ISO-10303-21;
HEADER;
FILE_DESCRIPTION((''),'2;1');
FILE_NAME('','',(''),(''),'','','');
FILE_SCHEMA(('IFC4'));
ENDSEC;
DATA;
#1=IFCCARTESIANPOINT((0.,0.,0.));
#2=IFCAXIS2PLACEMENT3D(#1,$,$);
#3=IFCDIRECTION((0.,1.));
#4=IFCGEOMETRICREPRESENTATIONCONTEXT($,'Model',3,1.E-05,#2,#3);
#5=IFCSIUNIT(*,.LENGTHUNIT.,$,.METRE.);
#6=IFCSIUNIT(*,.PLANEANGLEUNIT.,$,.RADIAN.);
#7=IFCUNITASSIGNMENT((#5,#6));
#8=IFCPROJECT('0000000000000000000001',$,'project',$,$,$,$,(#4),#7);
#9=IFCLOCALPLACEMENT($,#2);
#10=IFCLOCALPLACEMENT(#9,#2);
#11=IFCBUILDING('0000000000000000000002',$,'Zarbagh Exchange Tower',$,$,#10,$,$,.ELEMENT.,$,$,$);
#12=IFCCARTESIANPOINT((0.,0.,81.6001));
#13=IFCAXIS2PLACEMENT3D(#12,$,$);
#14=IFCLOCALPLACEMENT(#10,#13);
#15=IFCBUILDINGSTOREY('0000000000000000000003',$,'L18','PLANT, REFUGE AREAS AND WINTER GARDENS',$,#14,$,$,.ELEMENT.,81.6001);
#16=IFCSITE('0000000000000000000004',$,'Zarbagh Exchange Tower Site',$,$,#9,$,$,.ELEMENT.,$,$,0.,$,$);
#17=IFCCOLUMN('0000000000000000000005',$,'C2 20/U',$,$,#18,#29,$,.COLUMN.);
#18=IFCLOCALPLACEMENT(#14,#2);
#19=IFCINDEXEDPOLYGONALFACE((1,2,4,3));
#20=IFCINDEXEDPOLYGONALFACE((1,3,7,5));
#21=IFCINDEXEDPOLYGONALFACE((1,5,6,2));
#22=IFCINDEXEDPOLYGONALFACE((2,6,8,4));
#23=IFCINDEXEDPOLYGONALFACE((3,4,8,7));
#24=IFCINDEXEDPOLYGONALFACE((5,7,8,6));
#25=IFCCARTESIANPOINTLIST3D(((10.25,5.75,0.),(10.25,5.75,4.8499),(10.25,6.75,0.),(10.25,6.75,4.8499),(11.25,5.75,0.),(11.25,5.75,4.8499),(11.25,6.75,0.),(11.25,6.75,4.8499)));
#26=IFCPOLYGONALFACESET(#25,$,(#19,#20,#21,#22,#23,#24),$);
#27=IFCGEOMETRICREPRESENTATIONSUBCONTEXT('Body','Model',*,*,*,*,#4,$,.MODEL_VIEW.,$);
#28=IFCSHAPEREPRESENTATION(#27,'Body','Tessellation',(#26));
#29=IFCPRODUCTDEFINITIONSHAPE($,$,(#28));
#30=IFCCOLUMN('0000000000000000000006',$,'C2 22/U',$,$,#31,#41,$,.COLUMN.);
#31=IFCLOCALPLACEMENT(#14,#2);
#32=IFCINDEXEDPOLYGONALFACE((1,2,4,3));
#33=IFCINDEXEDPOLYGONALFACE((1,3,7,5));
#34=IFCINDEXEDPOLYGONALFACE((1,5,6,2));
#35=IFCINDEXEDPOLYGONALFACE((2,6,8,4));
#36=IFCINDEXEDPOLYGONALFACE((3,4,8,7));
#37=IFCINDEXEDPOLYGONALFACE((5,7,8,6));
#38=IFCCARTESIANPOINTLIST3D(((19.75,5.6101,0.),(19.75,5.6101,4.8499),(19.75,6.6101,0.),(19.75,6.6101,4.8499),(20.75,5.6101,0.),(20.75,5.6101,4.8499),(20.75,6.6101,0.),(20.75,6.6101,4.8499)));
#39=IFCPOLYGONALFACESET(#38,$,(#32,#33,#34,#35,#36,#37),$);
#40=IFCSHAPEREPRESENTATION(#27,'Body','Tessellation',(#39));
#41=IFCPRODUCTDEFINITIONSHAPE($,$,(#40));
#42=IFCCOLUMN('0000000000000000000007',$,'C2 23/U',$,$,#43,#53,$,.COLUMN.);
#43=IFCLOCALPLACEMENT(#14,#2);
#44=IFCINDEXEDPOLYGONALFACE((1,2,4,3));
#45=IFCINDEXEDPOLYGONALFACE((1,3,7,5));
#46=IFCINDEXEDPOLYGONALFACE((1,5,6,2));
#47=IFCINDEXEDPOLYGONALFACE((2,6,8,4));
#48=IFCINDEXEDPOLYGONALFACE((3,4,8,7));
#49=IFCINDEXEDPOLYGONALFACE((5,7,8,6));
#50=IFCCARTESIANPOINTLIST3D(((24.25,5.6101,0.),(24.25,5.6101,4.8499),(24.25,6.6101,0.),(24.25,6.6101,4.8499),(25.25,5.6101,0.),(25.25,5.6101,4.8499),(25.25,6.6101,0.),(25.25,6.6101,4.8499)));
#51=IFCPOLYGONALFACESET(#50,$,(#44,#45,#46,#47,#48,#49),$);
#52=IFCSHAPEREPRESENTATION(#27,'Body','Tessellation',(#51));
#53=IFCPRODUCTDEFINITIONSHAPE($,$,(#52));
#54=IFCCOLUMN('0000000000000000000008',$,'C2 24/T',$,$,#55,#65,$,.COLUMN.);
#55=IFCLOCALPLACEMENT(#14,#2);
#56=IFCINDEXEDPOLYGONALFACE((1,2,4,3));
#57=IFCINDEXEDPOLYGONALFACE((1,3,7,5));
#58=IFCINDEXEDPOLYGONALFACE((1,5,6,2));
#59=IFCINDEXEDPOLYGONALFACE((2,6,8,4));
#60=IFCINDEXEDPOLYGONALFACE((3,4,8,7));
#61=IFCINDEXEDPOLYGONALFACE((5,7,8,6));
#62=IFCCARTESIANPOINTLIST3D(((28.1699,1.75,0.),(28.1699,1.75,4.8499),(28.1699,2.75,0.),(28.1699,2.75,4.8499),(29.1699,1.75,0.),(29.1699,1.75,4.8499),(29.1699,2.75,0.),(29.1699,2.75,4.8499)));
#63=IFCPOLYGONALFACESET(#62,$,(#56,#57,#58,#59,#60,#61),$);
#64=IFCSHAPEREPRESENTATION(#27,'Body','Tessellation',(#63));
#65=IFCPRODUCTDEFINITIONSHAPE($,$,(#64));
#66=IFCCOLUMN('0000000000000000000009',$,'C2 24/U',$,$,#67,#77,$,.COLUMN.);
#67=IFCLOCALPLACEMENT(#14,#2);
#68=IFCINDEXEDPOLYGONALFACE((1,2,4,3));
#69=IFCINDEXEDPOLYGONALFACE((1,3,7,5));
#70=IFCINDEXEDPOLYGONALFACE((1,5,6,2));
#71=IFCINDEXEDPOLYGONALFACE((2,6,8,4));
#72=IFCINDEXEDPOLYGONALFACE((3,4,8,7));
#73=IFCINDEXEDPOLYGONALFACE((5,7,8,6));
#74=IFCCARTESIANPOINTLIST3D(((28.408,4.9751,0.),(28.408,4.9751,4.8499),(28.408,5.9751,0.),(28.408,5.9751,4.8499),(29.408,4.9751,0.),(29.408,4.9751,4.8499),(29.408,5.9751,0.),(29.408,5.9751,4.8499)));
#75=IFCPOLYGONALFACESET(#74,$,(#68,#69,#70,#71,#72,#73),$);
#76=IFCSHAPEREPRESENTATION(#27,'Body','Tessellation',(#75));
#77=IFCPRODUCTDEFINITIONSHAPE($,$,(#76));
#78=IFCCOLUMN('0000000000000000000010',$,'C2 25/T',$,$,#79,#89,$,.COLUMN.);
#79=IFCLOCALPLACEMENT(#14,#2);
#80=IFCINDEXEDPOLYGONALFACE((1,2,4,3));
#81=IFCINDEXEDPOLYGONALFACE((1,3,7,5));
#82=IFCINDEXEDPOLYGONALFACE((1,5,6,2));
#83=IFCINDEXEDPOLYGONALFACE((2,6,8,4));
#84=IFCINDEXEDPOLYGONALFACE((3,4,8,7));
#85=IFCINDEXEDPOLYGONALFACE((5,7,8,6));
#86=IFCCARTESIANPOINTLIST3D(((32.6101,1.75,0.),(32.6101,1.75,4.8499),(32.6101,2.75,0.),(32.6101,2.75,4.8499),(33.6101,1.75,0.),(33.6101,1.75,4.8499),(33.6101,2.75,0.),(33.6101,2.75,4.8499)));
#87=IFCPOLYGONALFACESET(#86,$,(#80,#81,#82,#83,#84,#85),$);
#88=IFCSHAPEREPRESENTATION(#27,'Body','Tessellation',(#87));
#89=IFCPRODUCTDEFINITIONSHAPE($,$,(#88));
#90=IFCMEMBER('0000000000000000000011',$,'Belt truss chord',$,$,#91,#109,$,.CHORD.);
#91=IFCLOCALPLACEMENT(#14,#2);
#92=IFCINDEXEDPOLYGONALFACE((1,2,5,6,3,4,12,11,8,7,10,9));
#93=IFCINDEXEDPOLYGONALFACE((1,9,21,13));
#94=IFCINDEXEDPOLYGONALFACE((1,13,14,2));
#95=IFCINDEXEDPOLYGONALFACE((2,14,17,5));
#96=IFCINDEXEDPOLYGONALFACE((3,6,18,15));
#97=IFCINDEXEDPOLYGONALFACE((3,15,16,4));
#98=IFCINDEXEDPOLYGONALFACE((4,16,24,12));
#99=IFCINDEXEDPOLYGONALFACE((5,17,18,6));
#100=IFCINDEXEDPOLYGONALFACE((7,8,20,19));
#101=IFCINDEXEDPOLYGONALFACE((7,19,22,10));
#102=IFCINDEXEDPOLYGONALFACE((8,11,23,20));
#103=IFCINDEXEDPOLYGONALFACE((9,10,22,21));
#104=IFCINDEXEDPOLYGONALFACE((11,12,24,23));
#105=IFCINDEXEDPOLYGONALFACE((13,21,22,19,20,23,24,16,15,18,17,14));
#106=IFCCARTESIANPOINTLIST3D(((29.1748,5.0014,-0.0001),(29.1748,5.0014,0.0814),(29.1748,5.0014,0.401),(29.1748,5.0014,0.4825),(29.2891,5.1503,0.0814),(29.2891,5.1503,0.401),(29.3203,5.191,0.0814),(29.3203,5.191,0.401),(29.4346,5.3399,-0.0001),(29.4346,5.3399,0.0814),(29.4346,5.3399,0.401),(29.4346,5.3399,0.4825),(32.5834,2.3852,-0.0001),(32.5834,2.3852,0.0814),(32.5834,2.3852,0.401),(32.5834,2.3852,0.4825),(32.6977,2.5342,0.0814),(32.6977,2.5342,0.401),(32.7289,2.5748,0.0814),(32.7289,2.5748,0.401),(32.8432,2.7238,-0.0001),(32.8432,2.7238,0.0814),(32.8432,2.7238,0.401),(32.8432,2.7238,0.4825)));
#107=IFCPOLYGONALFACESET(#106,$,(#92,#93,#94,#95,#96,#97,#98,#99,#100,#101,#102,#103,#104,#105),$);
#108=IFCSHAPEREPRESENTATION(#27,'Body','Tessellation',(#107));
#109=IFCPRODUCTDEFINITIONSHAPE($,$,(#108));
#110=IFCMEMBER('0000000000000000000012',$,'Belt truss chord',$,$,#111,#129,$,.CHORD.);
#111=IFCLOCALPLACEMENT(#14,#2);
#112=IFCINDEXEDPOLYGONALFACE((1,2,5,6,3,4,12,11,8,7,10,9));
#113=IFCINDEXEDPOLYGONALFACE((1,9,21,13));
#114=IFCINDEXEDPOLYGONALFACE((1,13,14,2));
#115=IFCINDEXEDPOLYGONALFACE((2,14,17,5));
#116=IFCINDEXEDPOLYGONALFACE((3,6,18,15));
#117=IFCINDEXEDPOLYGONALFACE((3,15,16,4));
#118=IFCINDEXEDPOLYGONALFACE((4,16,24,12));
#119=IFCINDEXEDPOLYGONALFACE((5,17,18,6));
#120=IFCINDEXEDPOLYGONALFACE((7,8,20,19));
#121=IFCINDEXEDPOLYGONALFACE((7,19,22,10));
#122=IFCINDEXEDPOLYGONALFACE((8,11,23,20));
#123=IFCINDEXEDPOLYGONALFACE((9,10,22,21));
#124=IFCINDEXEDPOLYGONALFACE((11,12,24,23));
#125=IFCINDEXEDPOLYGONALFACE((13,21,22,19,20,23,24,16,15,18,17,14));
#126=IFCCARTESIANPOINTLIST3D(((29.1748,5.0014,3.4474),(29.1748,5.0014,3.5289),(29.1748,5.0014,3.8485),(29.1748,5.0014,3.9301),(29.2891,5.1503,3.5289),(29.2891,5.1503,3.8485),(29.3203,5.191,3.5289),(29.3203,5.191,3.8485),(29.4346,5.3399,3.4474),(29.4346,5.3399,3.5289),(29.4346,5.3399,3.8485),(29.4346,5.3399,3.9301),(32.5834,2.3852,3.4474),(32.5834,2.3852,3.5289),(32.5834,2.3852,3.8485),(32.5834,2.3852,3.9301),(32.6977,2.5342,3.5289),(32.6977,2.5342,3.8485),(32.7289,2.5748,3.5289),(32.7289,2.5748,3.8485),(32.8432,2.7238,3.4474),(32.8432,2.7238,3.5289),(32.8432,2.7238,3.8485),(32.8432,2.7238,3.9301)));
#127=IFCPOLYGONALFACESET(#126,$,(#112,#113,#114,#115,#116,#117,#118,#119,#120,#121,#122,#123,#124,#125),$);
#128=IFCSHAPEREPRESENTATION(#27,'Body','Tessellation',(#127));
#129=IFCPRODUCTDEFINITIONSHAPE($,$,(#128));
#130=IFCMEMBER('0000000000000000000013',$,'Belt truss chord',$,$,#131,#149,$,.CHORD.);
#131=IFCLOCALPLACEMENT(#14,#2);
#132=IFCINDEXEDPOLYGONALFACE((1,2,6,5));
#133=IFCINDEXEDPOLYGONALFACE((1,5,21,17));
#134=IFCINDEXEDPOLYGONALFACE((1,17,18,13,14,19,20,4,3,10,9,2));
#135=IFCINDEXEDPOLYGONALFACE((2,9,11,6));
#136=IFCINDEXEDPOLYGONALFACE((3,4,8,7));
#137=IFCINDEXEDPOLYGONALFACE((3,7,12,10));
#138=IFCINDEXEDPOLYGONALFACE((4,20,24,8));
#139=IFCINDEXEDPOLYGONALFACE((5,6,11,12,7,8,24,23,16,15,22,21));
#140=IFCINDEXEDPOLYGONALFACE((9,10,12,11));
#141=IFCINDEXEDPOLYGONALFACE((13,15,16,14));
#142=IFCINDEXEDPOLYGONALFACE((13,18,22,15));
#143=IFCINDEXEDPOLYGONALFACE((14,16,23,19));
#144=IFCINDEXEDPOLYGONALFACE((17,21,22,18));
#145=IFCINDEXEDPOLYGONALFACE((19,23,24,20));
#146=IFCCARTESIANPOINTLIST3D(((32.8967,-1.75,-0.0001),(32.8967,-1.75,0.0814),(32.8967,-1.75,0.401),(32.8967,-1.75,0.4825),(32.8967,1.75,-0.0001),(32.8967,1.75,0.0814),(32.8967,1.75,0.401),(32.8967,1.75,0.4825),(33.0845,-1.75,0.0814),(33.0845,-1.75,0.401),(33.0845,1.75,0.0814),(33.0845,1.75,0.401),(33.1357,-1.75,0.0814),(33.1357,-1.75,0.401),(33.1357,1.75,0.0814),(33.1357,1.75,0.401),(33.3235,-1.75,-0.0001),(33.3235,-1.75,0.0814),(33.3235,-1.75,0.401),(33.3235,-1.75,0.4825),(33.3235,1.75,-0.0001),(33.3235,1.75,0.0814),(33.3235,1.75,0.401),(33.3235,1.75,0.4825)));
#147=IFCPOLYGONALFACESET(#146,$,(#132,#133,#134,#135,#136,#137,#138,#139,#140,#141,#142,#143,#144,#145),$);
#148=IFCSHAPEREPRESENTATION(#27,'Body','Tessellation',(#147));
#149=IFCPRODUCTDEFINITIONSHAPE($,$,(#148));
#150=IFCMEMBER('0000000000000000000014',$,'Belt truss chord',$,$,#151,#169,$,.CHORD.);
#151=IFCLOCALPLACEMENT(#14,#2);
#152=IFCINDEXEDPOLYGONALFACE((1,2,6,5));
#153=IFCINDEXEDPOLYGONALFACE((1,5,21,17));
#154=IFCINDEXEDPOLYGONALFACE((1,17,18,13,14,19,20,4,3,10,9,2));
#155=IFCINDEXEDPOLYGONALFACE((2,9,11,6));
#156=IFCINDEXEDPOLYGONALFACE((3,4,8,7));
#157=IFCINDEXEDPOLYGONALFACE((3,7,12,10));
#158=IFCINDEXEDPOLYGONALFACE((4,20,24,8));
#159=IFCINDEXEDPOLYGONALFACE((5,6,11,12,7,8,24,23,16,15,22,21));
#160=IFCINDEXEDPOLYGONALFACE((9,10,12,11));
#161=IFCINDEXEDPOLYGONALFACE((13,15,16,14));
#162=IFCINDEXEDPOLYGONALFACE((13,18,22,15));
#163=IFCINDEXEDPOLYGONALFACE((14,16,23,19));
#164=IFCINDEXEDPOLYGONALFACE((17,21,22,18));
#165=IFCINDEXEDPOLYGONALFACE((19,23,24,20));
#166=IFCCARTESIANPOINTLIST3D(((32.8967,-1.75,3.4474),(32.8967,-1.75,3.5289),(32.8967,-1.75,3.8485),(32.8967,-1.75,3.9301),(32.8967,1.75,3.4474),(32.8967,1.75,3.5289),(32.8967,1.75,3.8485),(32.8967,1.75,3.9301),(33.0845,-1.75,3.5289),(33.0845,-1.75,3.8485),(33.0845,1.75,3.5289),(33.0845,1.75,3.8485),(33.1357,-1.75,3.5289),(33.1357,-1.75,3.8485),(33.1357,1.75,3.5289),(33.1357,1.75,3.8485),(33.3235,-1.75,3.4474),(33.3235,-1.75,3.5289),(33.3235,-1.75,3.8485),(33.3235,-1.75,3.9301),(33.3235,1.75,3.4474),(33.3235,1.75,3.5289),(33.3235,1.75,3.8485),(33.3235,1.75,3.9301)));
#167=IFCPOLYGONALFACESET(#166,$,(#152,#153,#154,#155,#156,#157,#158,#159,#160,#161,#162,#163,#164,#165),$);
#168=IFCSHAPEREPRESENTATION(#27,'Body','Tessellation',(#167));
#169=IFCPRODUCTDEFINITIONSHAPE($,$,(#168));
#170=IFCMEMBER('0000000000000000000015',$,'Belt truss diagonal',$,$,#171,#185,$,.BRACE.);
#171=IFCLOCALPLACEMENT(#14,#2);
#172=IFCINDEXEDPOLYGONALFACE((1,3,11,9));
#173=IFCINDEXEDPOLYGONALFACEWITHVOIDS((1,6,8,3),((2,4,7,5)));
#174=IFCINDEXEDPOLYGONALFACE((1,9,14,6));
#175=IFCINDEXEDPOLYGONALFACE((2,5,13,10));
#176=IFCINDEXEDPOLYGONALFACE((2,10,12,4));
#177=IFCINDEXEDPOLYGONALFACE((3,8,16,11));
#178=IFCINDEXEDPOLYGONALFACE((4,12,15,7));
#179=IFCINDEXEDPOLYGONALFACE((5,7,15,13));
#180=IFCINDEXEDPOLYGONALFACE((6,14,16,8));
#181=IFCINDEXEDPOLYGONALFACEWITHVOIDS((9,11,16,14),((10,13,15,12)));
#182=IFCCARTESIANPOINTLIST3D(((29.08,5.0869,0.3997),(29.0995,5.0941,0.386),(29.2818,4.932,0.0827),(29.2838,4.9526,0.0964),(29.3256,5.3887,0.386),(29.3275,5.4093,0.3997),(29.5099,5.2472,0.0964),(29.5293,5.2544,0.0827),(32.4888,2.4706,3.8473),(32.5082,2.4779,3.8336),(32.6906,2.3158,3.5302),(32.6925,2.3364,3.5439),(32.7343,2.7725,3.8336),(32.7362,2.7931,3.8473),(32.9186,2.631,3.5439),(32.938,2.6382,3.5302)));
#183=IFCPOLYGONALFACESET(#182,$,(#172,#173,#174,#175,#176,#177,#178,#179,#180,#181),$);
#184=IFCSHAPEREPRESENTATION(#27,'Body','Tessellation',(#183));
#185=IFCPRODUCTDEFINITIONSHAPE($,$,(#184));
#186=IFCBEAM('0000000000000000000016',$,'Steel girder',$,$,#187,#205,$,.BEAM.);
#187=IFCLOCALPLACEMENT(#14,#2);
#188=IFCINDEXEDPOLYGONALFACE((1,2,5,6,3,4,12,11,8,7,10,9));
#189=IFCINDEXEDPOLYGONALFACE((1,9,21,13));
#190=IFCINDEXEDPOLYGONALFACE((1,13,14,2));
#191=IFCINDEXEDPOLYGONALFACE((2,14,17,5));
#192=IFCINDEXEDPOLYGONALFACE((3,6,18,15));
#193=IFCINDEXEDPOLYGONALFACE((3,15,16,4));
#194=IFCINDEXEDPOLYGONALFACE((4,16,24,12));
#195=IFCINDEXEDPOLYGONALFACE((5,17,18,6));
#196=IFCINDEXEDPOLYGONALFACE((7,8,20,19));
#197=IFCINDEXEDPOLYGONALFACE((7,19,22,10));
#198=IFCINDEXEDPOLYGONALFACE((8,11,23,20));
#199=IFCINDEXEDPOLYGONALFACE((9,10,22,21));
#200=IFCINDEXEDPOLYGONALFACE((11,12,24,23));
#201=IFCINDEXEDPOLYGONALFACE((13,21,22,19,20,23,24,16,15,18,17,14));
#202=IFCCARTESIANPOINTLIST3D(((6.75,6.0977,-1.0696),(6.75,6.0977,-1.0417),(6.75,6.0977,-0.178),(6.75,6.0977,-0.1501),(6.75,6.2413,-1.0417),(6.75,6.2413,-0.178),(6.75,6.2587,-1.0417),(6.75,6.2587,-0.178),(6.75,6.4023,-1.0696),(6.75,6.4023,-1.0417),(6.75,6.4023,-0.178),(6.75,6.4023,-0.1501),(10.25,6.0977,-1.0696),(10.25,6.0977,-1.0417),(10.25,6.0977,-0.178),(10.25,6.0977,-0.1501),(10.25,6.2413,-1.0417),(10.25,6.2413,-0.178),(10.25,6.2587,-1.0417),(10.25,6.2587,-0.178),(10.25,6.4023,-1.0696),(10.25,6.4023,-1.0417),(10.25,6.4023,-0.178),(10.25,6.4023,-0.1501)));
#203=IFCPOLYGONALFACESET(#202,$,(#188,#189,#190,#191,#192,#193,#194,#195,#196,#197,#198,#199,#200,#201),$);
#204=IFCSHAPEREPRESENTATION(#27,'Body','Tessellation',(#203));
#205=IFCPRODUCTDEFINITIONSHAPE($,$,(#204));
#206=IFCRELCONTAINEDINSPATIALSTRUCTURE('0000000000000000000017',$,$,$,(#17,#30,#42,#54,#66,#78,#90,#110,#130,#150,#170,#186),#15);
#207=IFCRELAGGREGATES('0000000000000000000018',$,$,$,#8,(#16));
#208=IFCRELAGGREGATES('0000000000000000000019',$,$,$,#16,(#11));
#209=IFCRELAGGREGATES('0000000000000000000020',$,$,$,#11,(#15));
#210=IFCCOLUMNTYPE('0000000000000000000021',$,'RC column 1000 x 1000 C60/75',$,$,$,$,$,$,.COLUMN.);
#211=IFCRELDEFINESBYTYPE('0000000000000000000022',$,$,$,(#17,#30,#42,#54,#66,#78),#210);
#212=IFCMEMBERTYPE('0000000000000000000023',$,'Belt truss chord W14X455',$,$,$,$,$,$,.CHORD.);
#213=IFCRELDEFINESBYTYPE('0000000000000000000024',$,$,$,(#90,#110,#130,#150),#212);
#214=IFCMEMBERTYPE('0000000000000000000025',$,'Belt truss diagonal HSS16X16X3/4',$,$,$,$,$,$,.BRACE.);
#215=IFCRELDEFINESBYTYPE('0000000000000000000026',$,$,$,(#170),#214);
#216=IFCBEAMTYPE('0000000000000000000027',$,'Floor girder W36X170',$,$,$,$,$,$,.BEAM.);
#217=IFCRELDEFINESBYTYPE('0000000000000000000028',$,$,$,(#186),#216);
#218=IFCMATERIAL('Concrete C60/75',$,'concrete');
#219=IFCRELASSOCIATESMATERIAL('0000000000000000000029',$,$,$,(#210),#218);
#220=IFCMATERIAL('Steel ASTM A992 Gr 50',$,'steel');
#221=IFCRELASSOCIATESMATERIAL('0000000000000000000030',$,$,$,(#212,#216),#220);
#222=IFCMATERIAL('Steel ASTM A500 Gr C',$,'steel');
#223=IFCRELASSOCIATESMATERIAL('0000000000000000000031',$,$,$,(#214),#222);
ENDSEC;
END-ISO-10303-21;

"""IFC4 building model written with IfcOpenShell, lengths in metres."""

from ifc_helpers import new_model, si_unit, direction, frame, origin, origin_2d, place, context, subcontext, project, spatial, rectangle, hollow_rectangle, i_section, extrude, material, material_profile, profile_set, type_object, element, save


model = new_model("IFC4")

# Units and contexts
model_context = context("Model", 3, precision=1e-05, world=origin(), true_north=direction((0.0, 1.0)))
body_context = subcontext(model_context, "Body", "Model", "MODEL_VIEW")
ifc_project = project(units=[si_unit("LENGTHUNIT", "METRE"), si_unit("PLANEANGLEUNIT", "RADIAN")], contexts=[model_context])

# Site, building, storey
site_placement = place(None, origin())
site = spatial("IfcSite", under=ifc_project, at=site_placement, Name="Zarbagh Exchange Tower Site", CompositionType="ELEMENT", RefElevation=0.0)
building_placement = place(site_placement, origin())
building = spatial("IfcBuilding", under=site, at=building_placement, Name="Zarbagh Exchange Tower", CompositionType="ELEMENT")
storey_placement = place(building_placement, frame((0.0, 0.0, 81.6001)))
storey = spatial("IfcBuildingStorey", under=building, at=storey_placement, Name="L18", Description="PLANT, REFUGE AREAS AND WINTER GARDENS", CompositionType="ELEMENT", Elevation=81.6001)

# Columns
ifc_material_1 = material(Name="Concrete C60/75", Category="concrete")
ifc_material_profile_1 = material_profile(ifc_material_1, rectangle(XDim=1.0, YDim=1.0, at=origin_2d()), Name="RC column 1000 x 1000 C60/75")
ifc_profile_set_1 = profile_set([ifc_material_profile_1], Name="Concrete C60/75")
column_type = type_object("IfcColumnType", Name="RC column 1000 x 1000 C60/75", PredefinedType="COLUMN", material=ifc_profile_set_1)
for number, where, z_axis, x_axis, name in (
    (1, (10.75, 6.25, 0.0), (0.0, 0.0, 1.0), (1.0, 0.0, 0.0), "C2 20/U"),
    (2, (20.25, 6.1101, 0.0), (0.0, 0.0, 1.0), (1.0, 0.0, 0.0), "C2 22/U"),
    (3, (24.75, 6.1101, 0.0), (0.0, 0.0, 1.0), (1.0, 0.0, 0.0), "C2 23/U"),
    (4, (28.6699, 2.25, 0.0), (0.0, 0.0, 1.0), (1.0, 0.0, 0.0), "C2 24/T"),
    (5, (28.908, 5.4751, 0.0), (0.0, 0.0, 1.0), (1.0, 0.0, 0.0), "C2 24/U"),
    (6, (33.1101, 2.25, 0.0), (0.0, 0.0, 1.0), (1.0, 0.0, 0.0), "C2 25/T"),
):
    element("IfcColumn", number, at=place(storey_placement, frame(where, z_axis=z_axis, x_axis=x_axis)), inside=storey, type_object=column_type, Name=name, PredefinedType="COLUMN", context=body_context, shape_type="SweptSolid", body=[
        extrude(rectangle(XDim=1.0, YDim=1.0, at=origin_2d()), origin(), (0.0, 0.0, 1.0), 4.8499),
    ])

# Members
ifc_material_2 = material(Name="Steel ASTM A992 Gr 50", Category="steel")
ifc_material_profile_2 = material_profile(ifc_material_2, i_section(OverallWidth=0.4268, OverallDepth=0.4827, WebThickness=0.0513, FlangeThickness=0.0815, at=origin_2d()), Name="W14X455")
ifc_profile_set_2 = profile_set([ifc_material_profile_2], Name="Steel ASTM A992 Gr 50")
member_type_1 = type_object("IfcMemberType", Name="Belt truss chord W14X455", PredefinedType="CHORD", material=ifc_profile_set_2)
for number, where, z_axis, x_axis, name in (
    (7, (29.3047, 5.1707, 0.2412), (0.793283, -0.608854, 0.0), (0.608854, 0.793283, 0.0), "Belt truss chord"),
    (8, (29.3047, 5.1707, 3.6887), (0.793283, -0.608854, 0.0), (0.608854, 0.793283, 0.0), "Belt truss chord"),
):
    element("IfcMember", number, at=place(storey_placement, frame(where, z_axis=z_axis, x_axis=x_axis)), inside=storey, type_object=member_type_1, Name=name, PredefinedType="CHORD", context=body_context, shape_type="SweptSolid", body=[
        extrude(i_section(OverallWidth=0.4268, OverallDepth=0.4827, WebThickness=0.0513, FlangeThickness=0.0815, at=origin_2d()), origin(), (0.0, 0.0, 1.0), 4.2969),
    ])
for number, where, z_axis, x_axis, name in (
    (9, (33.1101, 1.75, 0.2412), (0.0, -1.0, 0.0), (1.0, 0.0, 0.0), "Belt truss chord"),
    (10, (33.1101, 1.75, 3.6887), (0.0, -1.0, 0.0), (1.0, 0.0, 0.0), "Belt truss chord"),
):
    element("IfcMember", number, at=place(storey_placement, frame(where, z_axis=z_axis, x_axis=x_axis)), inside=storey, type_object=member_type_1, Name=name, PredefinedType="CHORD", context=body_context, shape_type="SweptSolid", body=[
        extrude(i_section(OverallWidth=0.4268, OverallDepth=0.4827, WebThickness=0.0513, FlangeThickness=0.0815, at=origin_2d()), origin(), (0.0, 0.0, 1.0), 3.5),
    ])
ifc_material_3 = material(Name="Steel ASTM A500 Gr C", Category="steel")
ifc_material_profile_3 = material_profile(ifc_material_3, hollow_rectangle(XDim=0.4065, YDim=0.4065, WallThickness=0.0176, at=origin_2d()), Name="HSS16X16X3/4")
ifc_profile_set_3 = profile_set([ifc_material_profile_3], Name="Steel ASTM A500 Gr C")
member_type_2 = type_object("IfcMemberType", Name="Belt truss diagonal HSS16X16X3/4", PredefinedType="BRACE", material=ifc_profile_set_3)
member_1_placement = place(storey_placement, frame((29.3047, 5.1707, 0.2412), z_axis=(0.61875, -0.474898, 0.625796), x_axis=(0.608854, 0.793283, 0.0)))
element("IfcMember", 11, at=member_1_placement, inside=storey, type_object=member_type_2, Name="Belt truss diagonal", PredefinedType="BRACE", context=body_context, shape_type="SweptSolid", body=[
    extrude(hollow_rectangle(XDim=0.4065, YDim=0.4065, WallThickness=0.0176, at=origin_2d()), origin(), (0.0, 0.0, 1.0), 5.509),
])

# Beam
ifc_material_profile_4 = material_profile(ifc_material_2, i_section(OverallWidth=0.3047, OverallDepth=0.9194, WebThickness=0.0173, FlangeThickness=0.0278, at=origin_2d()), Name="W36X170")
ifc_profile_set_4 = profile_set([ifc_material_profile_4], Name="Steel ASTM A992 Gr 50")
beam_type_1 = type_object("IfcBeamType", Name="Floor girder W36X170", PredefinedType="BEAM", material=ifc_profile_set_4)
beam_1_placement = place(storey_placement, frame((6.75, 6.25, -0.6099), z_axis=(1.0, 0.0, 0.0), x_axis=(0.0, 1.0, 0.0)))
element("IfcBeam", 12, at=beam_1_placement, inside=storey, type_object=beam_type_1, Name="Steel girder", PredefinedType="BEAM", context=body_context, shape_type="SweptSolid", body=[
    extrude(i_section(OverallWidth=0.3047, OverallDepth=0.9194, WebThickness=0.0173, FlangeThickness=0.0278, at=origin_2d()), origin(), (0.0, 0.0, 1.0), 3.5),
])

save(model, "model.ifc")
